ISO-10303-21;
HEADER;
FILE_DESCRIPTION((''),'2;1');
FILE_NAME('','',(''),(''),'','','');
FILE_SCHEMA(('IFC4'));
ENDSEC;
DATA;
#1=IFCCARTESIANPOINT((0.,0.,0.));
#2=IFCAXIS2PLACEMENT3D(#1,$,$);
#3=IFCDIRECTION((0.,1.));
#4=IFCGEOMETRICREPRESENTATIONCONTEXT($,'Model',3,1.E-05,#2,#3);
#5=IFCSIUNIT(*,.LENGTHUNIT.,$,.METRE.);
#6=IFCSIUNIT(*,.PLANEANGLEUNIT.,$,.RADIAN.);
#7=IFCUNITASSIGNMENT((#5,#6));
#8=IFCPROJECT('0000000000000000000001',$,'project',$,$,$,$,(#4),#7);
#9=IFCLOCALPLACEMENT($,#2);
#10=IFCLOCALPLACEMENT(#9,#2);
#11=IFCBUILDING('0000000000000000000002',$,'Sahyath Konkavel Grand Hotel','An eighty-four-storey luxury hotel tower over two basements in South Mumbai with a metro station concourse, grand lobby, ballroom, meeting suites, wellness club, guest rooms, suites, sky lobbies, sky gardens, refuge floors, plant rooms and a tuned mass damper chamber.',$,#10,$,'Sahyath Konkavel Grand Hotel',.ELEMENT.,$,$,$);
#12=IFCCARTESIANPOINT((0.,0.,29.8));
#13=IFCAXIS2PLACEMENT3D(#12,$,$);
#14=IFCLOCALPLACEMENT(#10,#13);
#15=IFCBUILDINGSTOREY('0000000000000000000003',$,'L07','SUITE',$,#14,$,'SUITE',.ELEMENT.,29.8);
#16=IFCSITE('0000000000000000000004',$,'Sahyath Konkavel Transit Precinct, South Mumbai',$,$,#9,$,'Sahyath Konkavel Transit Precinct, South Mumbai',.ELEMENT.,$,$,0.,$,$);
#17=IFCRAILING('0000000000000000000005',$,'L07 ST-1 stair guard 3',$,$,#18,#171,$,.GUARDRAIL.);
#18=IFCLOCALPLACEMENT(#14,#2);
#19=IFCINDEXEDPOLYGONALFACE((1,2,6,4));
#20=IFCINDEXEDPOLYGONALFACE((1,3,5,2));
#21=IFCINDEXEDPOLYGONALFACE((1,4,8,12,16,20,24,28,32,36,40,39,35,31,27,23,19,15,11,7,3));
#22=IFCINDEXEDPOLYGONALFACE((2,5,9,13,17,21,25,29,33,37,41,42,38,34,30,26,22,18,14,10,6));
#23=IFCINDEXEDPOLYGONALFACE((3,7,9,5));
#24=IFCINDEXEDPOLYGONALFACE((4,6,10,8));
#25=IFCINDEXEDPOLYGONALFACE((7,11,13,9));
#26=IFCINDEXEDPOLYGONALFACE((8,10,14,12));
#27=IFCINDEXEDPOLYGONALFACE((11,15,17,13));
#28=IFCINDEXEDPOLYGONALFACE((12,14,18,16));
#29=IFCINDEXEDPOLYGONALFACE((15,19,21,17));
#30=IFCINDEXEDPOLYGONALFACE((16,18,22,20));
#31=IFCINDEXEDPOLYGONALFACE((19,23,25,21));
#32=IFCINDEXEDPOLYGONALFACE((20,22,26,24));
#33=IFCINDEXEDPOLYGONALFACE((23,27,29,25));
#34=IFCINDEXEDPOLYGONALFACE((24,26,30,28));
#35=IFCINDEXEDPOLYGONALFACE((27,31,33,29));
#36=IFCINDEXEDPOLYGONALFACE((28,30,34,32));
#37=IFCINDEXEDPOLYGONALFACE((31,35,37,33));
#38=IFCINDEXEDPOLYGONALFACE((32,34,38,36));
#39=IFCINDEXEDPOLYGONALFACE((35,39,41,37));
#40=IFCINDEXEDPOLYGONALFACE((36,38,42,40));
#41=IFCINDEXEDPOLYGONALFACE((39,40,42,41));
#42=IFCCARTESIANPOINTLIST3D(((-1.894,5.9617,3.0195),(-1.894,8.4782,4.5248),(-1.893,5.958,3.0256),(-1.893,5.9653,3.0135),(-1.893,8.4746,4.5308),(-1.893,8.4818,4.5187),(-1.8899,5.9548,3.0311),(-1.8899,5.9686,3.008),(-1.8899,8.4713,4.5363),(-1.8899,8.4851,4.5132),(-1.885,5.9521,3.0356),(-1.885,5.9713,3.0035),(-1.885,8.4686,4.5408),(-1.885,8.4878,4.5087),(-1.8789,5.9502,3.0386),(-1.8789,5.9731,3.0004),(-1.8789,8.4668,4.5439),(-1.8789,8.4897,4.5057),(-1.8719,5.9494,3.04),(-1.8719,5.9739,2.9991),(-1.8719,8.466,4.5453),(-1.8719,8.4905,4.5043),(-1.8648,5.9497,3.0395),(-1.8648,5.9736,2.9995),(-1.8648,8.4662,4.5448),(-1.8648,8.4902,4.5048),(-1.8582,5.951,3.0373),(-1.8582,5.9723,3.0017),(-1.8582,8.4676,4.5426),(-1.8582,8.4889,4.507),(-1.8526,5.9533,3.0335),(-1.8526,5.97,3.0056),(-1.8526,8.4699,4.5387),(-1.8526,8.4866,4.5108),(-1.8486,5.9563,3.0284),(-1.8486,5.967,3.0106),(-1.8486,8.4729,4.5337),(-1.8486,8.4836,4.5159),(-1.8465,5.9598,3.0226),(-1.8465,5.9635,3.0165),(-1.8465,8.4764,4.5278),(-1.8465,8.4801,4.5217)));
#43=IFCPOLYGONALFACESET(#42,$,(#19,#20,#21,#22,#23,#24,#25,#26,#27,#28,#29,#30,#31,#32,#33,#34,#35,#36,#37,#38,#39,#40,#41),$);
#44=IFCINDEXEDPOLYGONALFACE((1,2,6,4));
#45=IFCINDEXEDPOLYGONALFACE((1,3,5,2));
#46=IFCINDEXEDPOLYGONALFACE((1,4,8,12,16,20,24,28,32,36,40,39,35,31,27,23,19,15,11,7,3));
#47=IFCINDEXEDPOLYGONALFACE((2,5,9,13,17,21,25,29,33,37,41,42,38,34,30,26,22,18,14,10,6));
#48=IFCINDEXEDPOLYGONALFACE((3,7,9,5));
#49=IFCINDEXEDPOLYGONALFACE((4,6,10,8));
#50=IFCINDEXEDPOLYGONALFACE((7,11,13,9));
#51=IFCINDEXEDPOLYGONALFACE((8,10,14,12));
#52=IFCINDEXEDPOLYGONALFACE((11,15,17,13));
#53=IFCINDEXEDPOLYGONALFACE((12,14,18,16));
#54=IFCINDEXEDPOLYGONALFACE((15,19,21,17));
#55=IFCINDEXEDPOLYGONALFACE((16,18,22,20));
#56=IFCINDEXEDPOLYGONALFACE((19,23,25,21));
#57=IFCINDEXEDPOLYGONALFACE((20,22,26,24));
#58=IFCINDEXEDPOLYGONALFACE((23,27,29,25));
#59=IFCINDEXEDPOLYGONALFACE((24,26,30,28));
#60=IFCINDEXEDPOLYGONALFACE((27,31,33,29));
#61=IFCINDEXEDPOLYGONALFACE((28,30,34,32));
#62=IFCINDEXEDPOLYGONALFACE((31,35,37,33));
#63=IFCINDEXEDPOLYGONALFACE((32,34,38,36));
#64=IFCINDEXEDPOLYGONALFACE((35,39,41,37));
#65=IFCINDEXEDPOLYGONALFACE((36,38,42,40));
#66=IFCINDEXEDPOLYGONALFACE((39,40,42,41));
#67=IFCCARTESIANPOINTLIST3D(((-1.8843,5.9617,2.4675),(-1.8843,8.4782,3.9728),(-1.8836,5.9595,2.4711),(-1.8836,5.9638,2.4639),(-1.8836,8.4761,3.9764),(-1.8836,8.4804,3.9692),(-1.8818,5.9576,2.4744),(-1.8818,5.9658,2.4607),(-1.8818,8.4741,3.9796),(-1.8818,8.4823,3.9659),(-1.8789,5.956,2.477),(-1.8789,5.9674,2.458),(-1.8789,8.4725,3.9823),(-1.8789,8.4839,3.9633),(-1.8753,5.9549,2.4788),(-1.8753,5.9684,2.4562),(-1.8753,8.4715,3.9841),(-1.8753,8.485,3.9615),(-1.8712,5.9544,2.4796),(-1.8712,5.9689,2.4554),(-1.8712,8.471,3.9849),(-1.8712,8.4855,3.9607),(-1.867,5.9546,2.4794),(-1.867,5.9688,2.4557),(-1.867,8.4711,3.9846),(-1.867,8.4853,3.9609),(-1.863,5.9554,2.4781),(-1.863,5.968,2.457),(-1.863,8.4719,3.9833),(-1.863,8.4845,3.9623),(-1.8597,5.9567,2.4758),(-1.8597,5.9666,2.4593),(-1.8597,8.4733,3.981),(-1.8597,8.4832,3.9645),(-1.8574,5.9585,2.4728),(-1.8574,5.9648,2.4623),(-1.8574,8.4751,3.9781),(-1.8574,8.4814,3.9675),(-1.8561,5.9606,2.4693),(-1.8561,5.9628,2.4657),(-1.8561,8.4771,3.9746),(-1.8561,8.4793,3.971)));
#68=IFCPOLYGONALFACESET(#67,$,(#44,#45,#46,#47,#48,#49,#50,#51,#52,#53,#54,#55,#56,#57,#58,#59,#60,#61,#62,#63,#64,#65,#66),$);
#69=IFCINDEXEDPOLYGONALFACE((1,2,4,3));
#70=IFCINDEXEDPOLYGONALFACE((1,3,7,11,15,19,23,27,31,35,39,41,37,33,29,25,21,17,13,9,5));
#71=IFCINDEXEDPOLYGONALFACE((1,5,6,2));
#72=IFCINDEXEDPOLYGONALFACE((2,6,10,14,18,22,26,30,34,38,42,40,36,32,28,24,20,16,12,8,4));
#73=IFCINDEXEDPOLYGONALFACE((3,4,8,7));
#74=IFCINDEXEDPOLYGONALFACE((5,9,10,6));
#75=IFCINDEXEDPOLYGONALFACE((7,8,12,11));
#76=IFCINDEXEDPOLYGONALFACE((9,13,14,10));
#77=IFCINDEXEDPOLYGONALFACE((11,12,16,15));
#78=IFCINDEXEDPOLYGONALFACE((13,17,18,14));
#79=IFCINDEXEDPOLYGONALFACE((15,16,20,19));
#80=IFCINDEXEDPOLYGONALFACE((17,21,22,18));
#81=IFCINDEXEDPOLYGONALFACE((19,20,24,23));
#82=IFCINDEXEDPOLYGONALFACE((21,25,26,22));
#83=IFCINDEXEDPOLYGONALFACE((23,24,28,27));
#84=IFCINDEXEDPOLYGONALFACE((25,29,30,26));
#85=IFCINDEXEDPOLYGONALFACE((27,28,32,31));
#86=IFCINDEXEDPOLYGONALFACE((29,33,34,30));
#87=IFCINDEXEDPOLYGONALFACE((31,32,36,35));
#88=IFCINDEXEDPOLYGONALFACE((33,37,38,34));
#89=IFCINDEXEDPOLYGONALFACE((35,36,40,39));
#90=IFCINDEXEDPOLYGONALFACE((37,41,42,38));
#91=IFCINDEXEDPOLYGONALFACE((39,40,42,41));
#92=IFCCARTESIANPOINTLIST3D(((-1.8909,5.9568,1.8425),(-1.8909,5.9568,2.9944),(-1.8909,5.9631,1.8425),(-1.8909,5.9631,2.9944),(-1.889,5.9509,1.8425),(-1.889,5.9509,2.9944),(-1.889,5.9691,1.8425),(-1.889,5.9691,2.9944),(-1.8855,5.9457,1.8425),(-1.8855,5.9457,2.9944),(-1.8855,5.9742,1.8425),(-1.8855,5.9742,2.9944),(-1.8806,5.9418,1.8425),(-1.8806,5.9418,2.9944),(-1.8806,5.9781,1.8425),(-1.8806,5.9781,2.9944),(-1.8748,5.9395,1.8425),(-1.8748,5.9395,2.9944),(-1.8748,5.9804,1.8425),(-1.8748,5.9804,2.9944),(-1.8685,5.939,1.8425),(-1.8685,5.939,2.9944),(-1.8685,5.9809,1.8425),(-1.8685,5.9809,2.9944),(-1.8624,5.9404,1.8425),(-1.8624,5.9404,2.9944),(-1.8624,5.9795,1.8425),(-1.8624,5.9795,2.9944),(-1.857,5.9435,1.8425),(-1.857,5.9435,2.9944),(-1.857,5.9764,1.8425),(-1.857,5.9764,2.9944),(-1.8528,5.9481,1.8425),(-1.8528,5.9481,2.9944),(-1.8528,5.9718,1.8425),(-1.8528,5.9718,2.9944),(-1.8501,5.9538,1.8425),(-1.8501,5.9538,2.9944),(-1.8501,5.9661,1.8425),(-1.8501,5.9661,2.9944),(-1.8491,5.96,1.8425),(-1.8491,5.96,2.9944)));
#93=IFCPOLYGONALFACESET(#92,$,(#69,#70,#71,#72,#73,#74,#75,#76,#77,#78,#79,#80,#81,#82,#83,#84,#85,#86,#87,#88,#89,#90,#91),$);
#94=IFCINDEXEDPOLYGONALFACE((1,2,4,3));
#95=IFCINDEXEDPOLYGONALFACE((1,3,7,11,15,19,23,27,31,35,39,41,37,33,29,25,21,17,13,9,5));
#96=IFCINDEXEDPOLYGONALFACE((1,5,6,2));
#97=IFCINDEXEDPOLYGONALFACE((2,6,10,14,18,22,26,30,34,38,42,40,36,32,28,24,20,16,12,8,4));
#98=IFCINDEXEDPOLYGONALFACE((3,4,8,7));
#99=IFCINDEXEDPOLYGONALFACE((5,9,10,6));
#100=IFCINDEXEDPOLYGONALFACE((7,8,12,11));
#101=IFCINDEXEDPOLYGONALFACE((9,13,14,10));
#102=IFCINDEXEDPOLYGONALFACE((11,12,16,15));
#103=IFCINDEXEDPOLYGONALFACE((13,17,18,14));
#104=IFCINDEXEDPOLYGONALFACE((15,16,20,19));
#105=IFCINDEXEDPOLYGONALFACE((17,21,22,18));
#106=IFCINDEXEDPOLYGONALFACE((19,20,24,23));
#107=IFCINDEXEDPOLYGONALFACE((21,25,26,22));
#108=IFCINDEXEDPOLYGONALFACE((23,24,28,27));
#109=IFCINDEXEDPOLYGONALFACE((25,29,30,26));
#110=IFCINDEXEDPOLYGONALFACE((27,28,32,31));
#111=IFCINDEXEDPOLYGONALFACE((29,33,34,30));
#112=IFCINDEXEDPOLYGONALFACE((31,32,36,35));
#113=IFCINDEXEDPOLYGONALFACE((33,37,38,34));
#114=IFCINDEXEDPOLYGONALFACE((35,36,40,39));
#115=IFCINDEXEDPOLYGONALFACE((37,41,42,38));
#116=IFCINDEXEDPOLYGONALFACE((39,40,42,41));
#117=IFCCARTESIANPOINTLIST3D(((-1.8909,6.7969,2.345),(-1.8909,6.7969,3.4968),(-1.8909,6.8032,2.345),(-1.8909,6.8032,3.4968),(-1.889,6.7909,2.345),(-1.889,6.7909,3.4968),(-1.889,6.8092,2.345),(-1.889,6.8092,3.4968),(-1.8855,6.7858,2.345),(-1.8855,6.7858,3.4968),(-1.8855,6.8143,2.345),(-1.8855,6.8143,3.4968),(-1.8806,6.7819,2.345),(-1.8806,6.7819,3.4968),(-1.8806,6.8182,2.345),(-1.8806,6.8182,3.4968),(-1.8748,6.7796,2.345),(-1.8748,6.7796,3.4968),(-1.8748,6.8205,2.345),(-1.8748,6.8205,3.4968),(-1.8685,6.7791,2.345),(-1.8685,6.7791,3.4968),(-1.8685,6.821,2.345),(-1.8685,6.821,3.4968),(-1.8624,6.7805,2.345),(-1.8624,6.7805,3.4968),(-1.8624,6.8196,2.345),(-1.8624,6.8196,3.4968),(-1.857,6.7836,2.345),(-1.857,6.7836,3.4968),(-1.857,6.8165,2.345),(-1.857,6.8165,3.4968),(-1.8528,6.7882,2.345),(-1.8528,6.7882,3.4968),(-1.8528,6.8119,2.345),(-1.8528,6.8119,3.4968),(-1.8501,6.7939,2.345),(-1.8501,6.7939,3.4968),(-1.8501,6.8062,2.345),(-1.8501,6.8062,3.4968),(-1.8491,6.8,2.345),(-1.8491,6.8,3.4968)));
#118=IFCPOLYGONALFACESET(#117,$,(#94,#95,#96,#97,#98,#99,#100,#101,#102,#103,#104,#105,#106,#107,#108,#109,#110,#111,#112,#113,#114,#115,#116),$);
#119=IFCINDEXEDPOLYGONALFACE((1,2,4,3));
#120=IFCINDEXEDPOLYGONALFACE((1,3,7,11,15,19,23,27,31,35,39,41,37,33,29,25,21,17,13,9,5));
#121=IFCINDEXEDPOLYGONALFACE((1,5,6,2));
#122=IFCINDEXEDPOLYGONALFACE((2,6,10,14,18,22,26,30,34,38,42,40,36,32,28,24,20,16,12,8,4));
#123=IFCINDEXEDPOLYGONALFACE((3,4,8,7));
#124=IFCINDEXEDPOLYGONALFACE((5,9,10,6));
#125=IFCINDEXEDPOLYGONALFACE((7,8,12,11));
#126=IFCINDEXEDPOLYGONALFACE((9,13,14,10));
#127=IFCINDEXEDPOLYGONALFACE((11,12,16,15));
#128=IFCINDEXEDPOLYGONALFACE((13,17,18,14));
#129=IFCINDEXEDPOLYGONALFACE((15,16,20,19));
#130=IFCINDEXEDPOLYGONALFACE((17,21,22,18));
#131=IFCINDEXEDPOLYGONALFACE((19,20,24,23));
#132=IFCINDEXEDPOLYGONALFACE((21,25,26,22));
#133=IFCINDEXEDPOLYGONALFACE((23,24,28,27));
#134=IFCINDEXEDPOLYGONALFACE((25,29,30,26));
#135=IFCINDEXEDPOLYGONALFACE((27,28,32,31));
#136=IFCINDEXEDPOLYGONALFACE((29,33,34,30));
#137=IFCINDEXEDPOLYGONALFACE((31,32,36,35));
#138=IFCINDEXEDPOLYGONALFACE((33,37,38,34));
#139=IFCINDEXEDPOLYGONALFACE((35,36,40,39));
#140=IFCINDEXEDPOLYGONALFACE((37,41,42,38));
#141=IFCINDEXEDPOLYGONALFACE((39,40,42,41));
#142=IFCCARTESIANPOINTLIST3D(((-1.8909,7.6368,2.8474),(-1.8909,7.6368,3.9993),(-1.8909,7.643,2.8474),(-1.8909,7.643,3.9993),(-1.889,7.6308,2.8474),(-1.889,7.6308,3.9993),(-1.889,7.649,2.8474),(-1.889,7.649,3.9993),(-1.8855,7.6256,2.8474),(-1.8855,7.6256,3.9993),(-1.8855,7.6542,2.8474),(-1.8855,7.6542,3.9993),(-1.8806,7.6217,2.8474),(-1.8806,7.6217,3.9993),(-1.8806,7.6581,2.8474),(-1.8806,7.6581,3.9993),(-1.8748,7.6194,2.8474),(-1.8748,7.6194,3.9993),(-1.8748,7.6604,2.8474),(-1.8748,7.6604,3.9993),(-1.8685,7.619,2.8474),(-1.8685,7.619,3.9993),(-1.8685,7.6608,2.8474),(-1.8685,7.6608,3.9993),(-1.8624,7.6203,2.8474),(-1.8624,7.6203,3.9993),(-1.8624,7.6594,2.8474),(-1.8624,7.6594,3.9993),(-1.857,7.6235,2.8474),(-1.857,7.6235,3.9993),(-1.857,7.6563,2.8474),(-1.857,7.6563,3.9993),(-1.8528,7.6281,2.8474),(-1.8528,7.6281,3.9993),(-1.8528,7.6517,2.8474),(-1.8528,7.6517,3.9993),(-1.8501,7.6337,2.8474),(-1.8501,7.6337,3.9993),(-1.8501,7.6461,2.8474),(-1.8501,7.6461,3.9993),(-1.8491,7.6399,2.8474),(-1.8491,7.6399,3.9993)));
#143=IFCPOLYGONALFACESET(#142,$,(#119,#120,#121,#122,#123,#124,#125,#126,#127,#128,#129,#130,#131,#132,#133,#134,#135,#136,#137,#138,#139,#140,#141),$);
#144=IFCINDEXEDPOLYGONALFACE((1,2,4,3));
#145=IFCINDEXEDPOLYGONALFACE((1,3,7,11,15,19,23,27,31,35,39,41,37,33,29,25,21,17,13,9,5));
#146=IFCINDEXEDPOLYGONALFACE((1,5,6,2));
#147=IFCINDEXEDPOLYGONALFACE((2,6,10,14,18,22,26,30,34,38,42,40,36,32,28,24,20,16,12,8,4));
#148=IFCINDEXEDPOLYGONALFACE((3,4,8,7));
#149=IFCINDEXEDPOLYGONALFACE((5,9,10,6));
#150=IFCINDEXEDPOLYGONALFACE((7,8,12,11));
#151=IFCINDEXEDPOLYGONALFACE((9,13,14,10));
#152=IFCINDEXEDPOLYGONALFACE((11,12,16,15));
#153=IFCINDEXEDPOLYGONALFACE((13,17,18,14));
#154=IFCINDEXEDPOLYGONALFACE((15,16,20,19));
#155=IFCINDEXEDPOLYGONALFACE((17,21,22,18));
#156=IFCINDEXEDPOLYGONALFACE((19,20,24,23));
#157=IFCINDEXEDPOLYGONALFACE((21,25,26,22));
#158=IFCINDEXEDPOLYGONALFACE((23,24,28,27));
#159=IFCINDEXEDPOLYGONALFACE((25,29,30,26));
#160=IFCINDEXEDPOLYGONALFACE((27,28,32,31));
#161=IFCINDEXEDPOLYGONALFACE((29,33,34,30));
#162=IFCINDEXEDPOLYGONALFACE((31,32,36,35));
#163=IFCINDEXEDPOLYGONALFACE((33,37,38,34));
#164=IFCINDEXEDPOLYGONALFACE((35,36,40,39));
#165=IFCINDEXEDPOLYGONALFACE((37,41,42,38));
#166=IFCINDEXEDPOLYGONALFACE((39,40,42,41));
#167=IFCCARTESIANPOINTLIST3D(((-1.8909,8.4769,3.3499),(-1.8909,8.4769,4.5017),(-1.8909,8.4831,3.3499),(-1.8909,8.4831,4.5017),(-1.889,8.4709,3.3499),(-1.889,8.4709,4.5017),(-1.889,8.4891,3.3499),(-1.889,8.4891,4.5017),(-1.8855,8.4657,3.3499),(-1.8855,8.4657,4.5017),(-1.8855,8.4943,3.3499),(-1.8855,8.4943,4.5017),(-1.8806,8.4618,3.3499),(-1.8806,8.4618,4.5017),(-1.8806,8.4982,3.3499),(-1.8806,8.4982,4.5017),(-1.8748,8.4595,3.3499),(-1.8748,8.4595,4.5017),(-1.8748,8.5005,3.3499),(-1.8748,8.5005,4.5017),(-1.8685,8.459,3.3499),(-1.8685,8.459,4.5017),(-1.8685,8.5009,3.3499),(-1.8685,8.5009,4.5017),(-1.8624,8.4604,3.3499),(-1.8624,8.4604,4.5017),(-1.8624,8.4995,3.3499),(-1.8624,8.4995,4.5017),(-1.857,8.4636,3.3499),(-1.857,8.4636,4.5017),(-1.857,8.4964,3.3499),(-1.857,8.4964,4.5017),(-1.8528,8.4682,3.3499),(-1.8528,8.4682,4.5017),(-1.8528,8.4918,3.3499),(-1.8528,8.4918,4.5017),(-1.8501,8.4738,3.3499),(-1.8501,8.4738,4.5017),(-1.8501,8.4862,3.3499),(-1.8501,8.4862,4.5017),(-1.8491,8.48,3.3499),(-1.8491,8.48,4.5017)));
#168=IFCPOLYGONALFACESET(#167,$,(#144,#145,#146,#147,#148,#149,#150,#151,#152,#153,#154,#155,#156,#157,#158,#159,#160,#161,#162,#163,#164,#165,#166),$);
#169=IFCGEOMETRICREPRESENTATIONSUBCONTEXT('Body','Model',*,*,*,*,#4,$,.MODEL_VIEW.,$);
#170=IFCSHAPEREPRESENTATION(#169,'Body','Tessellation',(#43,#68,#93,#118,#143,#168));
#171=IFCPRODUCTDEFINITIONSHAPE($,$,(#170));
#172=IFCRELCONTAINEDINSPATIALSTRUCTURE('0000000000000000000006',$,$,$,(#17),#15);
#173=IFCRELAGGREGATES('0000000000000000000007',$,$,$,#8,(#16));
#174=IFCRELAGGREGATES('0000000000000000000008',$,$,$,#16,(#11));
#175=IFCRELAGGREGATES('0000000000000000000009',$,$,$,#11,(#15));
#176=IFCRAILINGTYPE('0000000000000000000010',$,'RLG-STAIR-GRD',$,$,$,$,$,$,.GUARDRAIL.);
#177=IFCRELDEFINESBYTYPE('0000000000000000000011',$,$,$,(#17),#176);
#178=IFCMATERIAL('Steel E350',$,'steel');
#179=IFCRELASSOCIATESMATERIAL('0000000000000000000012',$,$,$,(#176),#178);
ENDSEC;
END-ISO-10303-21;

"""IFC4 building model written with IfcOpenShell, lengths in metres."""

from ifc_helpers import new_model, si_unit, direction, frame, origin, origin_2d, place, context, subcontext, project, spatial, circle, extrude, material, type_object, element, save


model = new_model("IFC4")

# Units and contexts
model_context = context("Model", 3, precision=1e-05, world=origin(), true_north=direction((0.0, 1.0)))
body_context = subcontext(model_context, "Body", "Model", "MODEL_VIEW")
ifc_project = project(units=[si_unit("LENGTHUNIT", "METRE"), si_unit("PLANEANGLEUNIT", "RADIAN")], contexts=[model_context])

# Site, building, storey
site_placement = place(None, origin())
site = spatial("IfcSite", under=ifc_project, at=site_placement, Name="Sahyath Konkavel Transit Precinct, South Mumbai", LongName="Sahyath Konkavel Transit Precinct, South Mumbai", CompositionType="ELEMENT", RefElevation=0.0)
building_placement = place(site_placement, origin())
building = spatial("IfcBuilding", under=site, at=building_placement, Name="Sahyath Konkavel Grand Hotel", Description="An eighty-four-storey luxury hotel tower over two basements in South Mumbai with a metro station concourse, grand lobby, ballroom, meeting suites, wellness club, guest rooms, suites, sky lobbies, sky gardens, refuge floors, plant rooms and a tuned mass damper chamber.", LongName="Sahyath Konkavel Grand Hotel", CompositionType="ELEMENT")
storey_placement = place(building_placement, frame((0.0, 0.0, 29.8)))
storey = spatial("IfcBuildingStorey", under=building, at=storey_placement, Name="L07", Description="SUITE", LongName="SUITE", CompositionType="ELEMENT", Elevation=29.8)

# Shared definitions
ifc_material_1 = material(Name="Steel E350", Category="steel")

# Railing
railing_type_1 = type_object("IfcRailingType", Name="RLG-STAIR-GRD", PredefinedType="GUARDRAIL", material=ifc_material_1)
railing_1_placement = place(storey_placement, frame((-1.8701, 5.96, 1.8425)))
element("IfcRailing", 1, at=railing_1_placement, inside=storey, type_object=railing_type_1, Name="L07 ST-1 stair guard 3", PredefinedType="GUARDRAIL", context=body_context, shape_type="SweptSolid", body=[
    extrude(circle(Radius=0.0239, at=origin_2d()), frame((0.0, 0.0017, 1.177), z_axis=(0.0, 0.858196, 0.513321), x_axis=(-1.0, 0.0, 0.0)), (0.0, 0.0, 1.0), 2.9324),
    extrude(circle(Radius=0.0142, at=origin_2d()), frame((0.0, 0.0017, 0.625), z_axis=(0.0, 0.858196, 0.513321), x_axis=(-1.0, 0.0, 0.0)), (0.0, 0.0, 1.0), 2.9324),
    extrude(circle(Radius=0.021, at=origin_2d()), origin(), (0.0, 0.0, 1.0), 1.1519),
    extrude(circle(Radius=0.021, at=origin_2d()), frame((0.0, 0.8401, 0.5024)), (0.0, 0.0, 1.0), 1.1519),
    extrude(circle(Radius=0.021, at=origin_2d()), frame((0.0, 1.6799, 1.0049)), (0.0, 0.0, 1.0), 1.1519),
    extrude(circle(Radius=0.021, at=origin_2d()), frame((0.0, 2.52, 1.5073)), (0.0, 0.0, 1.0), 1.1519),
])

save(model, "model.ifc")
